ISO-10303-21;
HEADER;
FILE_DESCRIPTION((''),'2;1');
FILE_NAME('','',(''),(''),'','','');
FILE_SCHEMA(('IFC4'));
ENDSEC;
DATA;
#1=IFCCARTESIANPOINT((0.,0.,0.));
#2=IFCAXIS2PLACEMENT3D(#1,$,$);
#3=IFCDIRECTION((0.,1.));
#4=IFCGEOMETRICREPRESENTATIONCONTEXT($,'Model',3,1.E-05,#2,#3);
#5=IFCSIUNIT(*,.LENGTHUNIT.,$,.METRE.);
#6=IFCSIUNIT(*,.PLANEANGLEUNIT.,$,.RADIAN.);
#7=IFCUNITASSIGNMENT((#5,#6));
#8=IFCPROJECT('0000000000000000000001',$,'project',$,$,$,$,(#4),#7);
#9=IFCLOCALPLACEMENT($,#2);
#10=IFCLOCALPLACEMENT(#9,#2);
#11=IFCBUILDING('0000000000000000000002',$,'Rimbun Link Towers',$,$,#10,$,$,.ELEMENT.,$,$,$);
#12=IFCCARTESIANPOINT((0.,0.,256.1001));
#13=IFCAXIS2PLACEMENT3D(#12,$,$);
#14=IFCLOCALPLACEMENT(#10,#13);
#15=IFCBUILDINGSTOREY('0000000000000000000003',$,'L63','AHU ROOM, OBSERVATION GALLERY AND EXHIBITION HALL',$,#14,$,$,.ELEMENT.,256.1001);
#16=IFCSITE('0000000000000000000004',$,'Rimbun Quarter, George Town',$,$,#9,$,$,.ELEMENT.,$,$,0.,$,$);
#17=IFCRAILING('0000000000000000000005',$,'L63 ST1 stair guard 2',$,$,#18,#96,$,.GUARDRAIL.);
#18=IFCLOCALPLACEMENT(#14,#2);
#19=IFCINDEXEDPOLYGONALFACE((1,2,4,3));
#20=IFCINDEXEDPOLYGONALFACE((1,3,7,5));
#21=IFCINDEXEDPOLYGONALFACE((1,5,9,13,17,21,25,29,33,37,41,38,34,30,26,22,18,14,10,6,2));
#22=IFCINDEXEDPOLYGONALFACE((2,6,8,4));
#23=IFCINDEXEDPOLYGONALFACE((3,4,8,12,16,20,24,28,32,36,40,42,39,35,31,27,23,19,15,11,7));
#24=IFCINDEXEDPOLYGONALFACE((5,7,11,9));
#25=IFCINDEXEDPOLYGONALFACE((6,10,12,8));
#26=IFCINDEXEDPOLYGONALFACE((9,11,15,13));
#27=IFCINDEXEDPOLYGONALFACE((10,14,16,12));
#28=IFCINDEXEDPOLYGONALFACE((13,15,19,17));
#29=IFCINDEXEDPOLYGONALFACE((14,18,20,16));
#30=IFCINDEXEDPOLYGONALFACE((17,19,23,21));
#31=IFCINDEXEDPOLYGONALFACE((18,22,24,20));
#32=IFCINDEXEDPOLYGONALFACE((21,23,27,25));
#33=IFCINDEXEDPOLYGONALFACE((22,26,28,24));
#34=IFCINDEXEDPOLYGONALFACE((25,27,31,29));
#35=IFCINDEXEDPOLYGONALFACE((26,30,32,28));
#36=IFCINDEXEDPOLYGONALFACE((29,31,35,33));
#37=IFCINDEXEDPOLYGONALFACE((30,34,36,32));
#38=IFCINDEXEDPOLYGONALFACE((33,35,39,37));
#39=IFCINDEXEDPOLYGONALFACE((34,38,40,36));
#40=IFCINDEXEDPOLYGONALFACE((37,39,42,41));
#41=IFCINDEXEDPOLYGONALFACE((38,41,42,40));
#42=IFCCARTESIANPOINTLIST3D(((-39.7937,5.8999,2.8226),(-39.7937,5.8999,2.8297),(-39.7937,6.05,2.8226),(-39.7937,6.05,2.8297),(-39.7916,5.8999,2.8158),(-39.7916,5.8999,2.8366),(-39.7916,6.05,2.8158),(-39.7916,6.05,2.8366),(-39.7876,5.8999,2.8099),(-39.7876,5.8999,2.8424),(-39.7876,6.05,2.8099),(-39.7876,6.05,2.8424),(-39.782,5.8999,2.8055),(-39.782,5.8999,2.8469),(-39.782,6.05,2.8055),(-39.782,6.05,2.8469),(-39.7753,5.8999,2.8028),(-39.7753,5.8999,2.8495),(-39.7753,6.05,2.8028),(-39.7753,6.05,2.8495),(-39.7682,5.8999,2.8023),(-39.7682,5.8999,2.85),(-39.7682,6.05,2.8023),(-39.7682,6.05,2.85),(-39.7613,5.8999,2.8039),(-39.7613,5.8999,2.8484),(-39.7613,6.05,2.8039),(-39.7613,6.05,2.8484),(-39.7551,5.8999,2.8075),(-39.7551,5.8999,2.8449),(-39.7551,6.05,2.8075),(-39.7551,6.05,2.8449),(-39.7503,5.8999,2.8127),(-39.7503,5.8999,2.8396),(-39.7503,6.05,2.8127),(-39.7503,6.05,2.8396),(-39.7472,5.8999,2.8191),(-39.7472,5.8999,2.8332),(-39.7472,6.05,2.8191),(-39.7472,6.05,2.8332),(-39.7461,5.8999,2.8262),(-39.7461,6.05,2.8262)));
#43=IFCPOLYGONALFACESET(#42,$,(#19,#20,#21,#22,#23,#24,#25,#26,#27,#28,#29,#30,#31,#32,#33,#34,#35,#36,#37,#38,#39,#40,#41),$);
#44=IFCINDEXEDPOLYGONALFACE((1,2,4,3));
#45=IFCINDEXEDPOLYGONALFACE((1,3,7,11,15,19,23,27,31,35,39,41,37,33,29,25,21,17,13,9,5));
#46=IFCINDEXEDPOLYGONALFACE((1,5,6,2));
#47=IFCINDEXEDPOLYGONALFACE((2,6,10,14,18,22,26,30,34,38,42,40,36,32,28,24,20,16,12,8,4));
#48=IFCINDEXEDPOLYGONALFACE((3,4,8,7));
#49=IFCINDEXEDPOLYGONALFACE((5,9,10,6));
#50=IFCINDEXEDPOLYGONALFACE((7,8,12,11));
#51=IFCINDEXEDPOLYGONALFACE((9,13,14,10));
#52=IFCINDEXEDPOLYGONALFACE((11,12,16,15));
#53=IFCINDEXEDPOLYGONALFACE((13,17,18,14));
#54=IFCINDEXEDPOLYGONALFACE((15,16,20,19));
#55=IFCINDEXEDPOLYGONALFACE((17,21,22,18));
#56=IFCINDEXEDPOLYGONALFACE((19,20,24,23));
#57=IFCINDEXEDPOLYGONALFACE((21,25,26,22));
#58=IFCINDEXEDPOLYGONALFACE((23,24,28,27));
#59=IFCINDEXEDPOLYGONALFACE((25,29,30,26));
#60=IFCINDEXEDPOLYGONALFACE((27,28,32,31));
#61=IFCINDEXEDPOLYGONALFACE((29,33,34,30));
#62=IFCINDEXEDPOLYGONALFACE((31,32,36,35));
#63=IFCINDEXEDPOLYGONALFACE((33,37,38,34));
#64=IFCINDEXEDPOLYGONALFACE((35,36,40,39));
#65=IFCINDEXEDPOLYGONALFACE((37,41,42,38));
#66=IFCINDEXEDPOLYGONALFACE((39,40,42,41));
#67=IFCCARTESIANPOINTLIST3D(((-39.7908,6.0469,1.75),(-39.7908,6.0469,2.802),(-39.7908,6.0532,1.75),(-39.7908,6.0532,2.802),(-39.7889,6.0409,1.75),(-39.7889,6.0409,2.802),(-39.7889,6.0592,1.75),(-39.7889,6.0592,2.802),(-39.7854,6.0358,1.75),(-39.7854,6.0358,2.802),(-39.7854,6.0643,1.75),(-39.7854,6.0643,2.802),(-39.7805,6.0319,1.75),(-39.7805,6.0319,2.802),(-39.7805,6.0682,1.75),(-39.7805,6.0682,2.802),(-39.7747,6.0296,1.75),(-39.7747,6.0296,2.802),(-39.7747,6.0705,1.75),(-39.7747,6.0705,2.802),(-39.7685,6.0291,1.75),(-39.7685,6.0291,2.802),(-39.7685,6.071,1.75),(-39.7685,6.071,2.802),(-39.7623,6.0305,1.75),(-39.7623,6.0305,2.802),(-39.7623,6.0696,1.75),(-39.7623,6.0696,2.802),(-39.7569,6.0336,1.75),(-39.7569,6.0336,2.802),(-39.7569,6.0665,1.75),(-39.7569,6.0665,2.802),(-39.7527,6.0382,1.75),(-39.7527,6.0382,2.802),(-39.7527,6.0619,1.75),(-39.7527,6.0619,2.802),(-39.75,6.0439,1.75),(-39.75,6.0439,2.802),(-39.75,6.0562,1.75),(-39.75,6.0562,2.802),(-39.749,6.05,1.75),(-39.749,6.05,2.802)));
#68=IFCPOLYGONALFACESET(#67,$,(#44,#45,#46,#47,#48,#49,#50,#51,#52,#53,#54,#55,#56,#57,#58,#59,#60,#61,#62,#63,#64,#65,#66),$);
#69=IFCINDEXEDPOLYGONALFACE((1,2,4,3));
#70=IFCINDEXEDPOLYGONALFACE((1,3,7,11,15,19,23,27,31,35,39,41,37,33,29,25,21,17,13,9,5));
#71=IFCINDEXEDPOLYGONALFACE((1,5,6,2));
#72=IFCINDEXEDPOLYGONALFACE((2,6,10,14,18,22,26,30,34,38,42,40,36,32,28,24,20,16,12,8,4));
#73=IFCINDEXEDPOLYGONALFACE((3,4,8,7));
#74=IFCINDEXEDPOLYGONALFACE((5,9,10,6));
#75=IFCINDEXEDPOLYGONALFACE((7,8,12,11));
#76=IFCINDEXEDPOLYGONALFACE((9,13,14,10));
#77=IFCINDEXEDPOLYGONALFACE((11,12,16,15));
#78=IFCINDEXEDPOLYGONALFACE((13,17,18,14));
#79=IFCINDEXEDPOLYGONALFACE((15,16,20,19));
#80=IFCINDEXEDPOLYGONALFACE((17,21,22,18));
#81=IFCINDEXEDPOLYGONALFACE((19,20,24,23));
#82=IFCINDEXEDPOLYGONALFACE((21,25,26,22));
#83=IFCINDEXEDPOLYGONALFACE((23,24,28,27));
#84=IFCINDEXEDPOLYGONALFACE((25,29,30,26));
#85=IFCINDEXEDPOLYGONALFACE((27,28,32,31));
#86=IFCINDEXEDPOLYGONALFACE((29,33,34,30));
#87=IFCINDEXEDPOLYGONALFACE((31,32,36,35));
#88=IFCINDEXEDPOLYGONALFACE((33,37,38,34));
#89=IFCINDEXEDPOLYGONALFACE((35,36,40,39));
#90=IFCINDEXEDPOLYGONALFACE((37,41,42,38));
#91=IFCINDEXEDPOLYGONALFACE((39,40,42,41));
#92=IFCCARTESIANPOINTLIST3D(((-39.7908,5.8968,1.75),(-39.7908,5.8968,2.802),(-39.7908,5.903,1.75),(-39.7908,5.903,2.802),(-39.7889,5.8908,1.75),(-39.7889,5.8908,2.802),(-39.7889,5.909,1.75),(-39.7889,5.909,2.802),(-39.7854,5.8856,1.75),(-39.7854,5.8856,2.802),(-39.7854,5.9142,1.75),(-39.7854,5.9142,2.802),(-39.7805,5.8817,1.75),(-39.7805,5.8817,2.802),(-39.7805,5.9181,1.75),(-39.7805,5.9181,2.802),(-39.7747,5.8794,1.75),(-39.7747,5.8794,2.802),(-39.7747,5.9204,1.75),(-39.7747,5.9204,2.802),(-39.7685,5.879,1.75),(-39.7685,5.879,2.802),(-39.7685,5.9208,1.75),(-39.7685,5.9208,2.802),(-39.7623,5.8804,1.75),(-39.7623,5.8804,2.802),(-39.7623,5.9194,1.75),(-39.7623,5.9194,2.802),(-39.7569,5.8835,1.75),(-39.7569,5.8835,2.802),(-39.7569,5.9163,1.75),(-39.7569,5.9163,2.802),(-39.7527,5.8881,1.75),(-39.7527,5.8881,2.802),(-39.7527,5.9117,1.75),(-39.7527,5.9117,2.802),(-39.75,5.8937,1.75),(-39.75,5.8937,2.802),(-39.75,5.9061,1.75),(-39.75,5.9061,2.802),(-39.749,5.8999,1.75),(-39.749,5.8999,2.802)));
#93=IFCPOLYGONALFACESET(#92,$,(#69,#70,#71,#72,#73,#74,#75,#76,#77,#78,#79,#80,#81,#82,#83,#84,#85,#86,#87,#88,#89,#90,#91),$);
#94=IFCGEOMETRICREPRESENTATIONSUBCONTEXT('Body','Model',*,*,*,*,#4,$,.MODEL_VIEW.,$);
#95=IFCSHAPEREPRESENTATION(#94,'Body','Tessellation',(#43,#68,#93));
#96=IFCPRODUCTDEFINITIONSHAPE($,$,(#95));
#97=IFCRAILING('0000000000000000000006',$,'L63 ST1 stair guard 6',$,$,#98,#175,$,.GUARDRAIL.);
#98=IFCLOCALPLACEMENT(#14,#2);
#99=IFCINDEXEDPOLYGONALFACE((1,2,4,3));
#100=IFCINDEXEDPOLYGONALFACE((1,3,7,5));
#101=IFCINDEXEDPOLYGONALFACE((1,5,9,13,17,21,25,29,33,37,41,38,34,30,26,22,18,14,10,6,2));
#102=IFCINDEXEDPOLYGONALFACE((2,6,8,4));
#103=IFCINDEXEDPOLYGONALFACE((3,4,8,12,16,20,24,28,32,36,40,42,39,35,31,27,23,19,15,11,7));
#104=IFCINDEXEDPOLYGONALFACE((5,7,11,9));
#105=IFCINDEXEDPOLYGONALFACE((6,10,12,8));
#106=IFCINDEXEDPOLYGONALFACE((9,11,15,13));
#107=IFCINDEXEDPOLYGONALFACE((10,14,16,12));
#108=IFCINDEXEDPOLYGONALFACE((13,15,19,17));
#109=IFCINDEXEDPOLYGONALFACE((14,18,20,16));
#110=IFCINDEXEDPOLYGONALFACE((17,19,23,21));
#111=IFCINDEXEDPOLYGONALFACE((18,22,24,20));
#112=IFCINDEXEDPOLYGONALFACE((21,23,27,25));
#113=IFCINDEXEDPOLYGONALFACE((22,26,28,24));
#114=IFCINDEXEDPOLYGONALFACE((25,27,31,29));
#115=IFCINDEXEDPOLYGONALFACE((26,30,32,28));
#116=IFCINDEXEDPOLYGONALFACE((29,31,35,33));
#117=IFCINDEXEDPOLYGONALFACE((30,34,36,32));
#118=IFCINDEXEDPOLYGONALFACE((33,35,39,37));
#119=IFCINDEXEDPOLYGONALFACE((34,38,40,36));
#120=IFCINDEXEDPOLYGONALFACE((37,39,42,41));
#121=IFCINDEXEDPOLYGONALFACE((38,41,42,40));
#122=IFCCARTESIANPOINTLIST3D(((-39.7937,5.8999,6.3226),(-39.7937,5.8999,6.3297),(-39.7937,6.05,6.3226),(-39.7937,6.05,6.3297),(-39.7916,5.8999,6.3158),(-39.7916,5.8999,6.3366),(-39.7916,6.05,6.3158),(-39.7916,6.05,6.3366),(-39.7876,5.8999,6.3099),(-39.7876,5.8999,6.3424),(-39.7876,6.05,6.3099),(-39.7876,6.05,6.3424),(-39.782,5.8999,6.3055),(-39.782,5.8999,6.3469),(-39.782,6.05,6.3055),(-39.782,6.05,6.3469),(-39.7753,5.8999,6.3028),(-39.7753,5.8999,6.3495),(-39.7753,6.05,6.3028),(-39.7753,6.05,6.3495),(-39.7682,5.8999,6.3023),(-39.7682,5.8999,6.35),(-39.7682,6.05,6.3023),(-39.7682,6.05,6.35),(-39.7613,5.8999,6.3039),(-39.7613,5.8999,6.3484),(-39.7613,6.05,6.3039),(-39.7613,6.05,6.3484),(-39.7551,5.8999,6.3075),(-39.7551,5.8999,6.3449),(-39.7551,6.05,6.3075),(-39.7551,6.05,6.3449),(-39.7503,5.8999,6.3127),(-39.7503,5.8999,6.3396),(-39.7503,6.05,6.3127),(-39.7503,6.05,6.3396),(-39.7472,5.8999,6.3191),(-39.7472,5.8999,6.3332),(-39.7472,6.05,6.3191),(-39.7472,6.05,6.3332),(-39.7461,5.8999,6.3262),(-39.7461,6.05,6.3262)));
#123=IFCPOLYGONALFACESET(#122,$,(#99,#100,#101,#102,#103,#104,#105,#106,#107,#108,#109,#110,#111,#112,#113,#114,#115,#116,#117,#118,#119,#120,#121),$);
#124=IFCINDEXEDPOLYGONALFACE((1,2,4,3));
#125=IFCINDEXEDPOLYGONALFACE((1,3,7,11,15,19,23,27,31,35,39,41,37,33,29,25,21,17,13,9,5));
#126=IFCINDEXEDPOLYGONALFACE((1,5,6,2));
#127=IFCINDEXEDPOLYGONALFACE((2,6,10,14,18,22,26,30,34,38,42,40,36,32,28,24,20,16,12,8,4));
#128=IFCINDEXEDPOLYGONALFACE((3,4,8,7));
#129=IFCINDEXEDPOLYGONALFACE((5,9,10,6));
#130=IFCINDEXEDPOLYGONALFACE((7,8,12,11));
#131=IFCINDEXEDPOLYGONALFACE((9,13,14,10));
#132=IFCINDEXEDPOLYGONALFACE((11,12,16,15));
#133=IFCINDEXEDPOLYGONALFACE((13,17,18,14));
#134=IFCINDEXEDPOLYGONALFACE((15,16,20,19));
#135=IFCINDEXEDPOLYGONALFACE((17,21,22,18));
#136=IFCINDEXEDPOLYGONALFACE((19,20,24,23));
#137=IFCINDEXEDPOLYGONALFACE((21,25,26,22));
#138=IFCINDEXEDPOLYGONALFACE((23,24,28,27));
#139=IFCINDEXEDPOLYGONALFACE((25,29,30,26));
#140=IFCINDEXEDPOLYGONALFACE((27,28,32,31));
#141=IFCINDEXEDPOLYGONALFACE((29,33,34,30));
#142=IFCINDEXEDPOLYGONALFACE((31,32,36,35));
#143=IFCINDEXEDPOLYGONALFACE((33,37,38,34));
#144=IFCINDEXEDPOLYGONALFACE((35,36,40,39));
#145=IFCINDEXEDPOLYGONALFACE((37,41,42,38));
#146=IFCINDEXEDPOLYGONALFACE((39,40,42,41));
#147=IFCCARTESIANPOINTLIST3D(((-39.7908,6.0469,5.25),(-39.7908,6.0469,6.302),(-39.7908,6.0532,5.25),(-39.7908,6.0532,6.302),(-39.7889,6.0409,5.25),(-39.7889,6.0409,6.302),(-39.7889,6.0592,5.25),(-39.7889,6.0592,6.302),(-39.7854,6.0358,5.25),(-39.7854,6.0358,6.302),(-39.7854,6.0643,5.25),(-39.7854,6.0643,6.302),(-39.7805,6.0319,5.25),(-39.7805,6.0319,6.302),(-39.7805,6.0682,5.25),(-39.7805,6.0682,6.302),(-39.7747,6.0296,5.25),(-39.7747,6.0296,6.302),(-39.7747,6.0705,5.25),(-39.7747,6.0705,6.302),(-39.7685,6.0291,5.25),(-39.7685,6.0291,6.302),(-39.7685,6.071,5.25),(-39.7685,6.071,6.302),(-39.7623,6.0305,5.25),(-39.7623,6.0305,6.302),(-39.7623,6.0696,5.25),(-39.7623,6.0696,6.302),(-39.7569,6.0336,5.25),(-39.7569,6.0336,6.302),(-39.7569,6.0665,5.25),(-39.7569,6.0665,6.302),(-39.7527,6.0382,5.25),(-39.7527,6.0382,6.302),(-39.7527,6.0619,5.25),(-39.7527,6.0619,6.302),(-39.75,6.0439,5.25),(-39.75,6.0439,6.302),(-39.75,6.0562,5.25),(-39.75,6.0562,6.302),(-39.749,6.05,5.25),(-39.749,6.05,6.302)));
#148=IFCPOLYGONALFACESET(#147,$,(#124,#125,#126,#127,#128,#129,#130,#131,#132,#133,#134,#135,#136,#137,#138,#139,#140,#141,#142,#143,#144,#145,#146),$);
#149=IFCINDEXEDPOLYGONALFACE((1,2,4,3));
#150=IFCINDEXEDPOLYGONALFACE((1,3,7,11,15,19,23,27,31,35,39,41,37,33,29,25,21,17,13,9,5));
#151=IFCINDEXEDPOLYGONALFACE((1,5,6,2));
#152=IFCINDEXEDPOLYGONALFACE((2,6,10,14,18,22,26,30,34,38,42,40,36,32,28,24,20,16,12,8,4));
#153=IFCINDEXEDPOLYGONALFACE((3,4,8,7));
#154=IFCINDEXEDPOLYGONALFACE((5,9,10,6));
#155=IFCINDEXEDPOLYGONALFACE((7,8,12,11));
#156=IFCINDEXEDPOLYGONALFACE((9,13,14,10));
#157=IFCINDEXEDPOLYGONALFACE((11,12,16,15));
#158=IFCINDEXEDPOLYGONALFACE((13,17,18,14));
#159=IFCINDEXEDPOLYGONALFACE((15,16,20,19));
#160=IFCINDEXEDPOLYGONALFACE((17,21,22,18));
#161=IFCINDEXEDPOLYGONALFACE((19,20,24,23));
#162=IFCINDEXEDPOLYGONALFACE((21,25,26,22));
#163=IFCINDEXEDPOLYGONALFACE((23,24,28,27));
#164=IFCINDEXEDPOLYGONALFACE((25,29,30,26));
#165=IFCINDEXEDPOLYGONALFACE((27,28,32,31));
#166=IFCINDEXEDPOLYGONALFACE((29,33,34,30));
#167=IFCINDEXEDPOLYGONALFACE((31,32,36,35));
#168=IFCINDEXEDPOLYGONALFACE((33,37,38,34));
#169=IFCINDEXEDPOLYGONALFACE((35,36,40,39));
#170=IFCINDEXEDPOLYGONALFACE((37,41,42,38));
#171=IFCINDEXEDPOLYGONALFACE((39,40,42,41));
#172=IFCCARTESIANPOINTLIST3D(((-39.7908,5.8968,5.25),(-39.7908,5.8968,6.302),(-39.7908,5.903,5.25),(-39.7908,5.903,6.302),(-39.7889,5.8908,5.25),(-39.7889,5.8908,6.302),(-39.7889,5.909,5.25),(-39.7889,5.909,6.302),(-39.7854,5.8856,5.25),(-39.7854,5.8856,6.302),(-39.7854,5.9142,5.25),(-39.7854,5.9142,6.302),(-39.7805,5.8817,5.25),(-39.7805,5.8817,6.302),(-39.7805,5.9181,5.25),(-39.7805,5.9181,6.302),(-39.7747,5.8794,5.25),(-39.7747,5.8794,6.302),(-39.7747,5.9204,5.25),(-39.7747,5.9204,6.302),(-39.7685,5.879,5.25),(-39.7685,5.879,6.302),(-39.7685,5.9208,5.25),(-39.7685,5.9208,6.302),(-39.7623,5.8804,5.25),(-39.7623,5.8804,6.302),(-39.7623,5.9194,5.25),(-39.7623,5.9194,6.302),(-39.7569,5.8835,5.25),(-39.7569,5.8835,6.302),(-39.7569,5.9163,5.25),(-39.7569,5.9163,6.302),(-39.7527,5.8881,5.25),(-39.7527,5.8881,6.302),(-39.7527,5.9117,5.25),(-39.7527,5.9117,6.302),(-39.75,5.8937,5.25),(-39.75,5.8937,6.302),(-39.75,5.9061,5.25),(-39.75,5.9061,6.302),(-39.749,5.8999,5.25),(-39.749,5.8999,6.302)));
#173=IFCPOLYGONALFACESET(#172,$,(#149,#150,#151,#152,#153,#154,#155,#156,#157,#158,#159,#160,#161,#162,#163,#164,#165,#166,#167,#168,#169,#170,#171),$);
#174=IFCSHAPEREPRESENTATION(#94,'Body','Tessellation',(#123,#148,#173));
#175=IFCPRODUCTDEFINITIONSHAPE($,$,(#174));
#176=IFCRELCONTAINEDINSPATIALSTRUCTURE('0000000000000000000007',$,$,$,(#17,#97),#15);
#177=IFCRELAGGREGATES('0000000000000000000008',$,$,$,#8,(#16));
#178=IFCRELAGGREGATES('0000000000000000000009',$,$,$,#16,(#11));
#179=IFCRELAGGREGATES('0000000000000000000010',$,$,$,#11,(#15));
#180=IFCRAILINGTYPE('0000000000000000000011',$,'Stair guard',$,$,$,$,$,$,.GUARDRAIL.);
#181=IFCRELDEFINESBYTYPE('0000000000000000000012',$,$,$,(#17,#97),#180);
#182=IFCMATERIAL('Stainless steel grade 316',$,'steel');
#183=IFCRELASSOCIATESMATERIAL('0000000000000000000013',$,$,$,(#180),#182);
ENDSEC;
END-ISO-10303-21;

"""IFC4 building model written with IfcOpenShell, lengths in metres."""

from ifc_helpers import new_model, si_unit, direction, frame, origin, origin_2d, place, context, subcontext, project, spatial, circle, extrude, material, type_object, element, save


model = new_model("IFC4")

# Units and contexts
model_context = context("Model", 3, precision=1e-05, world=origin(), true_north=direction((0.0, 1.0)))
body_context = subcontext(model_context, "Body", "Model", "MODEL_VIEW")
ifc_project = project(units=[si_unit("LENGTHUNIT", "METRE"), si_unit("PLANEANGLEUNIT", "RADIAN")], contexts=[model_context])

# Site, building, storey
site_placement = place(None, origin())
site = spatial("IfcSite", under=ifc_project, at=site_placement, Name="Rimbun Quarter, George Town", CompositionType="ELEMENT", RefElevation=0.0)
building_placement = place(site_placement, origin())
building = spatial("IfcBuilding", under=site, at=building_placement, Name="Rimbun Link Towers", CompositionType="ELEMENT")
storey_placement = place(building_placement, frame((0.0, 0.0, 256.1001)))
storey = spatial("IfcBuildingStorey", under=building, at=storey_placement, Name="L63", Description="AHU ROOM, OBSERVATION GALLERY AND EXHIBITION HALL", CompositionType="ELEMENT", Elevation=256.1001)

# Railings
ifc_material_1 = material(Name="Stainless steel grade 316", Category="steel")
railing_type = type_object("IfcRailingType", Name="Stair guard", PredefinedType="GUARDRAIL", material=ifc_material_1)
for number, where, name in (
    (1, (-39.77, 6.05, 1.75), "L63 ST1 stair guard 2"),
    (2, (-39.77, 6.05, 5.25), "L63 ST1 stair guard 6"),
):
    element("IfcRailing", number, at=place(storey_placement, frame(where)), inside=storey, type_object=railing_type, Name=name, PredefinedType="GUARDRAIL", context=body_context, shape_type="SweptSolid", body=[
        extrude(circle(Radius=0.0239, at=origin_2d()), frame((0.0, 0.0, 1.0762), z_axis=(0.0, -1.0, 0.0), x_axis=(1.0, 0.0, 0.0)), (0.0, 0.0, 1.0), 0.1501),
        extrude(circle(Radius=0.021, at=origin_2d()), origin(), (0.0, 0.0, 1.0), 1.052),
        extrude(circle(Radius=0.021, at=origin_2d()), frame((0.0, -0.1501, 0.0)), (0.0, 0.0, 1.0), 1.052),
    ])

save(model, "model.ifc")
